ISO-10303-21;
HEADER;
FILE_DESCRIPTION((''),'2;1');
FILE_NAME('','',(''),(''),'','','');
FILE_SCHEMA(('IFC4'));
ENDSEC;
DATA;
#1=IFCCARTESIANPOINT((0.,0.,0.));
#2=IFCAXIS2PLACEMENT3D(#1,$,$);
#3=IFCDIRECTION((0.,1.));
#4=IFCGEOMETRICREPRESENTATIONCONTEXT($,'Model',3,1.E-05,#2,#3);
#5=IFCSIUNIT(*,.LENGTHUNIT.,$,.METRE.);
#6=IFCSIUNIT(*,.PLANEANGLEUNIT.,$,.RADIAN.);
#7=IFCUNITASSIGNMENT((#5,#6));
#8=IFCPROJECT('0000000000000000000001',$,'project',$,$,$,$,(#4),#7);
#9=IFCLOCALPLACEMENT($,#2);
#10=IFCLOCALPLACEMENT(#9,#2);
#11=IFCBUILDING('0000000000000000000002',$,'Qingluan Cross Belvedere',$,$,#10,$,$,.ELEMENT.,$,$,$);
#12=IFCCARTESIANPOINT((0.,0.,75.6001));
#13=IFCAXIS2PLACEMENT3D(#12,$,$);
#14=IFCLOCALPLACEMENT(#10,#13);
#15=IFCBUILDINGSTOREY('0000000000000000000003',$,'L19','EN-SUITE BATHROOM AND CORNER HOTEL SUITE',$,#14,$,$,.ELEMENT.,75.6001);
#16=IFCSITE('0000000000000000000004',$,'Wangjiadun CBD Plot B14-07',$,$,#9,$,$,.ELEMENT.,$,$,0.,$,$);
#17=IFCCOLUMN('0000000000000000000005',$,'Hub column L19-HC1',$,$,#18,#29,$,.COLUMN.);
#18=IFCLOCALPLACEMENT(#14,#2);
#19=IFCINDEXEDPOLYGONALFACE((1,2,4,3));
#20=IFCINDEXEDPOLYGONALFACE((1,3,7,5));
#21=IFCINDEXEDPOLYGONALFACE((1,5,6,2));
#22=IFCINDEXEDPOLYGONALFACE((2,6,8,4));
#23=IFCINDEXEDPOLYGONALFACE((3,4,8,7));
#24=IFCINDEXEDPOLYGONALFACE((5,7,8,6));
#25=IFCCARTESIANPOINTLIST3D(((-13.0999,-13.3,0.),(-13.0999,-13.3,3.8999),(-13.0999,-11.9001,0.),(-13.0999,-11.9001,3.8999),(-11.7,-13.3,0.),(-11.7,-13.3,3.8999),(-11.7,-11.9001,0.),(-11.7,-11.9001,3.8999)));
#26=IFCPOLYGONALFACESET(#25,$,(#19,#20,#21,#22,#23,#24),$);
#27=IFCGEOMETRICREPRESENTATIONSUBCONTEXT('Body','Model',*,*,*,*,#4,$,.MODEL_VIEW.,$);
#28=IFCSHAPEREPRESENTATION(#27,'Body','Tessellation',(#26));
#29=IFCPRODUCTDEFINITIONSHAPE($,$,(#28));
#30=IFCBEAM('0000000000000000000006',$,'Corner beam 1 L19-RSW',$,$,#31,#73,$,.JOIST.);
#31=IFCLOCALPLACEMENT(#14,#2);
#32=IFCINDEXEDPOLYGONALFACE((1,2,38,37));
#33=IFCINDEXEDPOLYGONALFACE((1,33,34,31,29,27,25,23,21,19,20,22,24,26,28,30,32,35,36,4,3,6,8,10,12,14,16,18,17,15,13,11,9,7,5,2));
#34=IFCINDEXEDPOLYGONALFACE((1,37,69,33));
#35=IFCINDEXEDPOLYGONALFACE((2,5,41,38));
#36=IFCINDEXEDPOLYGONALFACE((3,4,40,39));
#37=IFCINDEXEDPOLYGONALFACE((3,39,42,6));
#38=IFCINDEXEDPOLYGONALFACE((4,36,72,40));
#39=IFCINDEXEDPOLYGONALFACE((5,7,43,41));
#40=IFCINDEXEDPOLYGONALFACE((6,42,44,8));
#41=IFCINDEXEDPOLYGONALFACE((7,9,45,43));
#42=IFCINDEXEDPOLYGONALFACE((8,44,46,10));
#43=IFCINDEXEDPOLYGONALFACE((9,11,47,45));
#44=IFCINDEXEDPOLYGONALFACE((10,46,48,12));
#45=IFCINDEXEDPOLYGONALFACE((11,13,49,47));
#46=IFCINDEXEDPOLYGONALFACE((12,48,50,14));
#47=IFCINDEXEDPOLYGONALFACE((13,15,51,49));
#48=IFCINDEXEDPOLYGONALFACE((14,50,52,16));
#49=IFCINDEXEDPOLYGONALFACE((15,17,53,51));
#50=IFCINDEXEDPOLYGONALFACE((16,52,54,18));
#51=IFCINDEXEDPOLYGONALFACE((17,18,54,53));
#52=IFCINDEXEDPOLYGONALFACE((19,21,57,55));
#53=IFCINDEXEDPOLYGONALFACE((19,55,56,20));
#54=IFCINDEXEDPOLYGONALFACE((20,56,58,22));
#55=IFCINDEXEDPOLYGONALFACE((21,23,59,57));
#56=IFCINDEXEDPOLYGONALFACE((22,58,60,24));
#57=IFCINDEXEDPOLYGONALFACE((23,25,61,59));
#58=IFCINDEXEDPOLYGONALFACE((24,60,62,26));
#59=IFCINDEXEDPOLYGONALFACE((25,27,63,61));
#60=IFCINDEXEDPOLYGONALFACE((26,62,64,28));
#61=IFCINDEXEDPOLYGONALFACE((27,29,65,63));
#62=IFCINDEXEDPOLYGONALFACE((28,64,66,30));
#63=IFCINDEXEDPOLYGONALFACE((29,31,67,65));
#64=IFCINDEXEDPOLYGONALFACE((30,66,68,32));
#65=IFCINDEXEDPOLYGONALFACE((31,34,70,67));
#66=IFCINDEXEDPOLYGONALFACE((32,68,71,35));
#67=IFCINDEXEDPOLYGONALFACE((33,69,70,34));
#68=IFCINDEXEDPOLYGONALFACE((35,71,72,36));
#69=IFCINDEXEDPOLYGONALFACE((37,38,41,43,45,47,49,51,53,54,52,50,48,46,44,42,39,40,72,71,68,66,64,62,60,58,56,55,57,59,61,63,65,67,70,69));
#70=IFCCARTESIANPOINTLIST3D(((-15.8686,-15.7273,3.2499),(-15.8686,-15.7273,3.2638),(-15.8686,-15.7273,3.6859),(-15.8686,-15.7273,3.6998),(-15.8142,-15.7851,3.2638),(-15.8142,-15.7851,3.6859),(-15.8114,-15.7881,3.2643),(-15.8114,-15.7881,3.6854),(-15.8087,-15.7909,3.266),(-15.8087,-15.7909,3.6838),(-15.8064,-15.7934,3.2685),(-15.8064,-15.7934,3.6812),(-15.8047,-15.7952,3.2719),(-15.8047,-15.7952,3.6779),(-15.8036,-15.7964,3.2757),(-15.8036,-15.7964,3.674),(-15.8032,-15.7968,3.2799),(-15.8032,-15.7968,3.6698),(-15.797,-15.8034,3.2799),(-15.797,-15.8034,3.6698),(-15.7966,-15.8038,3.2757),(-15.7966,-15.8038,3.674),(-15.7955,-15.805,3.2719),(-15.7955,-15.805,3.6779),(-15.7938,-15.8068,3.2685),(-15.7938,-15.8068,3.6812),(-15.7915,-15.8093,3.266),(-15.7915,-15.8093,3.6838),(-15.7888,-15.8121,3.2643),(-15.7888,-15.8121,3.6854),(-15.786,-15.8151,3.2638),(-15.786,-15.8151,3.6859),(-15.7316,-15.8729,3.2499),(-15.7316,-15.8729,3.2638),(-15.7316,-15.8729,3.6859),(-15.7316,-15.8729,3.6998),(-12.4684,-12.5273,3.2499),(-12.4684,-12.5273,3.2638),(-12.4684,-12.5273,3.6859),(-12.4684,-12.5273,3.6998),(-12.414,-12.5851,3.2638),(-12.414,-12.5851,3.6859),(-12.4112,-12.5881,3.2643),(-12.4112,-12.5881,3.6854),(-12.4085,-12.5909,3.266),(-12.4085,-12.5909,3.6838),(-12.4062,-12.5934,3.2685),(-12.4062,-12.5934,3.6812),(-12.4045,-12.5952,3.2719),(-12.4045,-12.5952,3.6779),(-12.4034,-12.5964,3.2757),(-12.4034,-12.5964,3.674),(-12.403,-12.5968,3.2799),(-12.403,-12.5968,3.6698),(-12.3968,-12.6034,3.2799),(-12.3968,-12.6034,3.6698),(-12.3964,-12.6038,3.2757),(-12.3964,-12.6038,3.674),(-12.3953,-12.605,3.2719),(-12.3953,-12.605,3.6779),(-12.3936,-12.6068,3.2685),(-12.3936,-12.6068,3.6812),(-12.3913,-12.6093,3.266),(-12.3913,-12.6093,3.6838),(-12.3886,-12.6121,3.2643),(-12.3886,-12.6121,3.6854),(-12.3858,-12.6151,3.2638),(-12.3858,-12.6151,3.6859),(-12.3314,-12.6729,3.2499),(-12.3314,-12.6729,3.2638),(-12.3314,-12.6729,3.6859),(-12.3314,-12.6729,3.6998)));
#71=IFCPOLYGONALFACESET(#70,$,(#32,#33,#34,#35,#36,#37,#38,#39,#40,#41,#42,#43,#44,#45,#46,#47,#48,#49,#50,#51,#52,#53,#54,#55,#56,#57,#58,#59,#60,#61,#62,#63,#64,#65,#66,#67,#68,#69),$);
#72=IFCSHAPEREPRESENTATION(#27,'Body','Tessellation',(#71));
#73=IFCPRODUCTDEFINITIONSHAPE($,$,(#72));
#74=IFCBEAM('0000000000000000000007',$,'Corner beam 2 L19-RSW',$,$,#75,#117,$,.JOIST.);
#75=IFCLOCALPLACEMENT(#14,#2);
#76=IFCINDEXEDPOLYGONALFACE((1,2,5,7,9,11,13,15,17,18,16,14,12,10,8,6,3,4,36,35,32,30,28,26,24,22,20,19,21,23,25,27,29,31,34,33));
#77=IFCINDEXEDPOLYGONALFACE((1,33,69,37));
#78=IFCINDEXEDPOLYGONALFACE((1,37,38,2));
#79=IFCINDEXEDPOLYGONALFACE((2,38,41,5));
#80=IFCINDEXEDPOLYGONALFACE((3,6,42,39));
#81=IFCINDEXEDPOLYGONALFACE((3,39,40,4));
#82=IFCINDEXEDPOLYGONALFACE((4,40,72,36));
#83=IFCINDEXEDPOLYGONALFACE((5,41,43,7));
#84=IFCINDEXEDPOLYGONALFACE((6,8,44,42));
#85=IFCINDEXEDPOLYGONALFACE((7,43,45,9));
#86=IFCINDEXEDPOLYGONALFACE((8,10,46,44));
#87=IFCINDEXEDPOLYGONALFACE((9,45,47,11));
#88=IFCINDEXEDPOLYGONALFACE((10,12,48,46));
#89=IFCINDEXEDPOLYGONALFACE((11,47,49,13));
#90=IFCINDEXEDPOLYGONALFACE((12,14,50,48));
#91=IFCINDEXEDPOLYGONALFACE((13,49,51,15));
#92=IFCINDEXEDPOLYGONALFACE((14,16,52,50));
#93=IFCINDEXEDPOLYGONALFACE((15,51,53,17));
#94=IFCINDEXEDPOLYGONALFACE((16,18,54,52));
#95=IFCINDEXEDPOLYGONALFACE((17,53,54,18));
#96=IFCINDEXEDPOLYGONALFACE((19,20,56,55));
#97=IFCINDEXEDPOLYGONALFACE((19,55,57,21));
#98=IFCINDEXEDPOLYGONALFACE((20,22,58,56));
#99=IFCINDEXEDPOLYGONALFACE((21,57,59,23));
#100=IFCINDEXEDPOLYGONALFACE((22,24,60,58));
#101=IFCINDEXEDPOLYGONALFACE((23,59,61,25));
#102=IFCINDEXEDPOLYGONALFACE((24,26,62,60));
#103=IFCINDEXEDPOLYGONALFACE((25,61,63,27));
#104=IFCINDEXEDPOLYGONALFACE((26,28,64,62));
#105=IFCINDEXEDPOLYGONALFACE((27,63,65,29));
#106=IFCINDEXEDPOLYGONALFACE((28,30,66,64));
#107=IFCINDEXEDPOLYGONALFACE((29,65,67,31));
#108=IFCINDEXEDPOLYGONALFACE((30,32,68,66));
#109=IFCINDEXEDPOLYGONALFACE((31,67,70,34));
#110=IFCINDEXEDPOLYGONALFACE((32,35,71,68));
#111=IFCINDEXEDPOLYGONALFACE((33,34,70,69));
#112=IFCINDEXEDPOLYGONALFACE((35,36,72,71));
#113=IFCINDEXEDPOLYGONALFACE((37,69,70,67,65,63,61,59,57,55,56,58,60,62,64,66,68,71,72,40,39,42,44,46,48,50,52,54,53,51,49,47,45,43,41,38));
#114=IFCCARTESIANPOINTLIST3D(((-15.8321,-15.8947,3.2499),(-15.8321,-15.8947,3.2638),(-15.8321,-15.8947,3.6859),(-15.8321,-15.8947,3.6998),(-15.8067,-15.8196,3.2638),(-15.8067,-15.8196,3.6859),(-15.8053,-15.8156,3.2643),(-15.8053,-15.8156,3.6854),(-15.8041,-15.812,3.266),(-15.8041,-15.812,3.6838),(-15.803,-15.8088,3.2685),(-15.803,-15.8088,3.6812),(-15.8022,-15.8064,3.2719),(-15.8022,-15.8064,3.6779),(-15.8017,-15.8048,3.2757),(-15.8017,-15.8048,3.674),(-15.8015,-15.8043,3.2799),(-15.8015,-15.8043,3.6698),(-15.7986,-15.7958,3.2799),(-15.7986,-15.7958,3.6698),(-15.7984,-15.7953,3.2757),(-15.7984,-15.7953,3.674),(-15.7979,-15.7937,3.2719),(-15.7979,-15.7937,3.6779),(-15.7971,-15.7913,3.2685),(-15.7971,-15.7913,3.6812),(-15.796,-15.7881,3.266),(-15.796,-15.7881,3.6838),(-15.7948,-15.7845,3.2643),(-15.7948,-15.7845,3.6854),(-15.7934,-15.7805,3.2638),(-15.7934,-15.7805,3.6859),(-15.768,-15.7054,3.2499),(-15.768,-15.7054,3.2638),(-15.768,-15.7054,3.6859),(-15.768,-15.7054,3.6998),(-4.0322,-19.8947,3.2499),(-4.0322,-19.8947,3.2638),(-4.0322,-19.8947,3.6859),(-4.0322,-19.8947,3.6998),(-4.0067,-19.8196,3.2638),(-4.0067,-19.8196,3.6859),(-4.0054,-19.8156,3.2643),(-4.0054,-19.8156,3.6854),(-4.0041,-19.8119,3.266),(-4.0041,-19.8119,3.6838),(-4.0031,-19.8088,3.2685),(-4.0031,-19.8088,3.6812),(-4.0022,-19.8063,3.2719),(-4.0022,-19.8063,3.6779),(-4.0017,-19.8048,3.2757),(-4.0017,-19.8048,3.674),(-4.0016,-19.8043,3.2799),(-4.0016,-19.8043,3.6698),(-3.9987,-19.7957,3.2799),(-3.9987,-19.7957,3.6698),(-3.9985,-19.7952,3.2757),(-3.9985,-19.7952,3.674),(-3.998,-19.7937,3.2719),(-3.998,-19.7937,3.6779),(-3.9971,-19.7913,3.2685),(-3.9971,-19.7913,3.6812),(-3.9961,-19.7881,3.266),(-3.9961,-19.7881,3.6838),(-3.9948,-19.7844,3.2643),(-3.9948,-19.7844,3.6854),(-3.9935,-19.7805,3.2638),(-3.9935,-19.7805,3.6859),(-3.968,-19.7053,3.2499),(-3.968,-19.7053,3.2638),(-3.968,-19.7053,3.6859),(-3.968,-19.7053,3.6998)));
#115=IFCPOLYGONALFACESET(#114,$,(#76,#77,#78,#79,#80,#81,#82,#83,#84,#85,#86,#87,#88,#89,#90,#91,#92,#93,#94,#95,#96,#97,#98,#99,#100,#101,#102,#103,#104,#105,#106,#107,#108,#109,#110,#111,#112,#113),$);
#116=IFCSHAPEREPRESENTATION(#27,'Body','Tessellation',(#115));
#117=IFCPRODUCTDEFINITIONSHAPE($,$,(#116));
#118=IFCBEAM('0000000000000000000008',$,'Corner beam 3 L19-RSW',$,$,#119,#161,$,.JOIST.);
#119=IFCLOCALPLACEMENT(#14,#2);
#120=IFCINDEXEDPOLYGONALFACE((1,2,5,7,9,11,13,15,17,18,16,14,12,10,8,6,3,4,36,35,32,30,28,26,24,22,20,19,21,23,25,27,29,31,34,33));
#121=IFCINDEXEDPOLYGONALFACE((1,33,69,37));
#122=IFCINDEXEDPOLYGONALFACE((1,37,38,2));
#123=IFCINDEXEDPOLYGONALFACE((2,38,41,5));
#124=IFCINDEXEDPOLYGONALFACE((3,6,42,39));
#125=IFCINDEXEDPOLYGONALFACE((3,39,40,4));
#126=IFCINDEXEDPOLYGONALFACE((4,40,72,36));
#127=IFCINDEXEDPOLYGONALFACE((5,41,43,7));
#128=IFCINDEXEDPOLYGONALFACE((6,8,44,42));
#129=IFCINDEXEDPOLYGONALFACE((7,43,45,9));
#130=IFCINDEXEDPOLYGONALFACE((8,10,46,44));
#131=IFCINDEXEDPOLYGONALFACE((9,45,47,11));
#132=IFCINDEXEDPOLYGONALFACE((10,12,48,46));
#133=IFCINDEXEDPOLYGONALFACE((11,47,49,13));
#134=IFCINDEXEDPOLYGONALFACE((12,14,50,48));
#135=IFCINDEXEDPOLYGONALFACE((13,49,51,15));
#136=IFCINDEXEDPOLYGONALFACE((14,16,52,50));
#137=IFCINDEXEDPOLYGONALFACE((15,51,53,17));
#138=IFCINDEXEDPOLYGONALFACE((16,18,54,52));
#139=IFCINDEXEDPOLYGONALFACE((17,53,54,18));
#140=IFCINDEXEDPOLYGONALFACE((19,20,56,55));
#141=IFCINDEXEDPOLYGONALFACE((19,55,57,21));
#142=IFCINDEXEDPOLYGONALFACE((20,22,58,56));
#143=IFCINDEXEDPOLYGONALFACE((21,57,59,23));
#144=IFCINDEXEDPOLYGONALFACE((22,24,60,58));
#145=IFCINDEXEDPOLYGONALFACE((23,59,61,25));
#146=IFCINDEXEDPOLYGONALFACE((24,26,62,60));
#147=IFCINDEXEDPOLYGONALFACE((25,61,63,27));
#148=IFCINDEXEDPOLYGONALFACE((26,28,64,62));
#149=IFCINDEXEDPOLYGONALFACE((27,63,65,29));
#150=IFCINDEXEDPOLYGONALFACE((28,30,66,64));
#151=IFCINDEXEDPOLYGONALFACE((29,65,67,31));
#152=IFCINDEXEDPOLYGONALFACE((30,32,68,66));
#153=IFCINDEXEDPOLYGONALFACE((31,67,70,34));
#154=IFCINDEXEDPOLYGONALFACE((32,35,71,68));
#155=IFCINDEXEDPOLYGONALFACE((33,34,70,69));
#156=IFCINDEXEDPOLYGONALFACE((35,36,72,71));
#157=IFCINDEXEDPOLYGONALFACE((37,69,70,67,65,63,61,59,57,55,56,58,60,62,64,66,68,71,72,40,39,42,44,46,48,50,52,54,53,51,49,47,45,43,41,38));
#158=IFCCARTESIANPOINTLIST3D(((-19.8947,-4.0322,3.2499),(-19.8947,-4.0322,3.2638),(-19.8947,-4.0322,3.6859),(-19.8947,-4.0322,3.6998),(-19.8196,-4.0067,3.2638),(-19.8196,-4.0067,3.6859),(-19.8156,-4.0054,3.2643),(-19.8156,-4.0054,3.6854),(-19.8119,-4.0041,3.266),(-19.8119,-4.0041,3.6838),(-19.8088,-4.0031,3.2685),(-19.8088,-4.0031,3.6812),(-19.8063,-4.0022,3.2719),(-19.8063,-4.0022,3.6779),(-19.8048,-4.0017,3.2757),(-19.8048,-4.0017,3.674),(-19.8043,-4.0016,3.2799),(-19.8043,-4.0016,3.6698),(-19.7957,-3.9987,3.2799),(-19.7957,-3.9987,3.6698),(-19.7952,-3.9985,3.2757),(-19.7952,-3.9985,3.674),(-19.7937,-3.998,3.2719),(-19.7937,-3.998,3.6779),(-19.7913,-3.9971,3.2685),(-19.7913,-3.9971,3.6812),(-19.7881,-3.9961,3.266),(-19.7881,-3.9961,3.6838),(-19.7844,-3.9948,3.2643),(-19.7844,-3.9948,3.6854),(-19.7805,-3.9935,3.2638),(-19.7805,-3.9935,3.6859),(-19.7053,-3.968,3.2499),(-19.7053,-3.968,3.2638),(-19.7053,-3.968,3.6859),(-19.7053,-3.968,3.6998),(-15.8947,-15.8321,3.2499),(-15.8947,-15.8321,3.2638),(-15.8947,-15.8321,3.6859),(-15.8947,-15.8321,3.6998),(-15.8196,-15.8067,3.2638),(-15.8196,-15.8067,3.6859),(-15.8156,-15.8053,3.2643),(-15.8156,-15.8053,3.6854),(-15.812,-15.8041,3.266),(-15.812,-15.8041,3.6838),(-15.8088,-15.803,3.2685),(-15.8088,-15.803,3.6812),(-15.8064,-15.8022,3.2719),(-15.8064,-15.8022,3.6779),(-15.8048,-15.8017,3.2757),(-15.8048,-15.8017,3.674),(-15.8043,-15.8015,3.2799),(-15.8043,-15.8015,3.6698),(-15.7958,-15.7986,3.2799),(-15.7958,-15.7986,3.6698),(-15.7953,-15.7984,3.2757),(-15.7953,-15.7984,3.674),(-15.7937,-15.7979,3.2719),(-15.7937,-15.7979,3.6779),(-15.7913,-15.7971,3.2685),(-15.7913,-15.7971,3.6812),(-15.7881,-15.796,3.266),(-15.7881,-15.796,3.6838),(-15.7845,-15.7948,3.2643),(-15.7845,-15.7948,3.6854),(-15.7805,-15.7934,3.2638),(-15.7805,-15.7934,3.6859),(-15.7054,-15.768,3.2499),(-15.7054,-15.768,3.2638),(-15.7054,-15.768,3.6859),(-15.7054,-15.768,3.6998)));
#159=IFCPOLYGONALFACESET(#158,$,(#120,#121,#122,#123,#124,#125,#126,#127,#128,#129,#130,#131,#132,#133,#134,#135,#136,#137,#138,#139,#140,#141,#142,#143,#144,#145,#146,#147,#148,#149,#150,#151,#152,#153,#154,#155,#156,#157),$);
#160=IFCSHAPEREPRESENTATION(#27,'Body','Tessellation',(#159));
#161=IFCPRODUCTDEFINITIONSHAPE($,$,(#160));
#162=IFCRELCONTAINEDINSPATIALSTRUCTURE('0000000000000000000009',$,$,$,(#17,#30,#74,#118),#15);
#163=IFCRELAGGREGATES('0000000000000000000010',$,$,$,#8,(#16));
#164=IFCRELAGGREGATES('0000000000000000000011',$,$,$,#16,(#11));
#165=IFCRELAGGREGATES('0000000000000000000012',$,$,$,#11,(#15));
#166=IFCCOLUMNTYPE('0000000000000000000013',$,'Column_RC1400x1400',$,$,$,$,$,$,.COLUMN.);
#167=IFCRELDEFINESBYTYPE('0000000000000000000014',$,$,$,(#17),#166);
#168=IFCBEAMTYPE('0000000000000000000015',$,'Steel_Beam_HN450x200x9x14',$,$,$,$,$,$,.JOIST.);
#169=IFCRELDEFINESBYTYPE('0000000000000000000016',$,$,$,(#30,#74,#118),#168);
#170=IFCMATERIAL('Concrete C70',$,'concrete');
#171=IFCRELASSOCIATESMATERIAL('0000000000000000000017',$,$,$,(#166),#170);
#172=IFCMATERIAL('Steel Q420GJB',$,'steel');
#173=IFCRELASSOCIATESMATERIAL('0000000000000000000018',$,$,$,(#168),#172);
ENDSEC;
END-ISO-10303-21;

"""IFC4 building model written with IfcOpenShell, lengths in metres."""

from ifc_helpers import new_model, si_unit, direction, frame, origin, origin_2d, place, context, subcontext, project, spatial, rectangle, i_section, extrude, material, material_profile, profile_set, type_object, element, save


model = new_model("IFC4")

# Units and contexts
model_context = context("Model", 3, precision=1e-05, world=origin(), true_north=direction((0.0, 1.0)))
body_context = subcontext(model_context, "Body", "Model", "MODEL_VIEW")
ifc_project = project(units=[si_unit("LENGTHUNIT", "METRE"), si_unit("PLANEANGLEUNIT", "RADIAN")], contexts=[model_context])

# Site, building, storey
site_placement = place(None, origin())
site = spatial("IfcSite", under=ifc_project, at=site_placement, Name="Wangjiadun CBD Plot B14-07", CompositionType="ELEMENT", RefElevation=0.0)
building_placement = place(site_placement, origin())
building = spatial("IfcBuilding", under=site, at=building_placement, Name="Qingluan Cross Belvedere", CompositionType="ELEMENT")
storey_placement = place(building_placement, frame((0.0, 0.0, 75.6001)))
storey = spatial("IfcBuildingStorey", under=building, at=storey_placement, Name="L19", Description="EN-SUITE BATHROOM AND CORNER HOTEL SUITE", CompositionType="ELEMENT", Elevation=75.6001)

# Column
ifc_material_1 = material(Name="Concrete C70", Category="concrete")
ifc_material_profile_1 = material_profile(ifc_material_1, rectangle(XDim=1.3999, YDim=1.3999, at=origin_2d()), Name="RC1400x1400")
ifc_profile_set_1 = profile_set([ifc_material_profile_1], Name="Concrete C70")
column_type = type_object("IfcColumnType", Name="Column_RC1400x1400", PredefinedType="COLUMN", material=ifc_profile_set_1)
column_placement = place(storey_placement, frame((-12.3999, -12.6001, 0.0), z_axis=(0.0, 0.0, 1.0), x_axis=(1.0, 0.0, 0.0)))
element("IfcColumn", 1, at=column_placement, inside=storey, type_object=column_type, Name="Hub column L19-HC1", PredefinedType="COLUMN", context=body_context, shape_type="SweptSolid", body=[
    extrude(rectangle(XDim=1.3999, YDim=1.3999, at=origin_2d()), origin(), (0.0, 0.0, 1.0), 3.8999),
])

# Beams
ifc_material_2 = material(Name="Steel Q420GJB", Category="steel")
ifc_material_profile_2 = material_profile(ifc_material_2, i_section(OverallWidth=0.2, OverallDepth=0.45, WebThickness=0.009, FlangeThickness=0.0139, FilletRadius=0.0161, at=origin_2d()), Name="HN450x200x9x14")
ifc_profile_set_2 = profile_set([ifc_material_profile_2], Name="Steel Q420GJB")
beam_type_1 = type_object("IfcBeamType", Name="Steel_Beam_HN450x200x9x14", PredefinedType="JOIST", material=ifc_profile_set_2)
beam_1_placement = place(storey_placement, frame((-12.3999, -12.6001, 3.4749), z_axis=(-0.72822, -0.685343, 0.0), x_axis=(0.685343, -0.72822, 0.0)))
element("IfcBeam", 2, at=beam_1_placement, inside=storey, type_object=beam_type_1, Name="Corner beam 1 L19-RSW", PredefinedType="JOIST", context=body_context, shape_type="SweptSolid", body=[
    extrude(i_section(OverallWidth=0.2, OverallDepth=0.45, WebThickness=0.009, FlangeThickness=0.0139, FilletRadius=0.0161, at=origin_2d()), origin(), (0.0, 0.0, 1.0), 4.6692),
])
for number, where, z_axis, x_axis, name in (
    (3, (-15.8, -15.8, 3.4749), (0.947066, -0.321038, 0.0), (0.321038, 0.947066, 0.0), "Corner beam 2 L19-RSW"),
    (4, (-15.8, -15.8, 3.4749), (-0.321038, 0.947066, 0.0), (-0.947066, -0.321038, 0.0), "Corner beam 3 L19-RSW"),
):
    element("IfcBeam", number, at=place(storey_placement, frame(where, z_axis=z_axis, x_axis=x_axis)), inside=storey, type_object=beam_type_1, Name=name, PredefinedType="JOIST", context=body_context, shape_type="SweptSolid", body=[
        extrude(i_section(OverallWidth=0.2, OverallDepth=0.45, WebThickness=0.009, FlangeThickness=0.0139, FilletRadius=0.0161, at=origin_2d()), origin(), (0.0, 0.0, 1.0), 12.4595),
    ])

save(model, "model.ifc")
